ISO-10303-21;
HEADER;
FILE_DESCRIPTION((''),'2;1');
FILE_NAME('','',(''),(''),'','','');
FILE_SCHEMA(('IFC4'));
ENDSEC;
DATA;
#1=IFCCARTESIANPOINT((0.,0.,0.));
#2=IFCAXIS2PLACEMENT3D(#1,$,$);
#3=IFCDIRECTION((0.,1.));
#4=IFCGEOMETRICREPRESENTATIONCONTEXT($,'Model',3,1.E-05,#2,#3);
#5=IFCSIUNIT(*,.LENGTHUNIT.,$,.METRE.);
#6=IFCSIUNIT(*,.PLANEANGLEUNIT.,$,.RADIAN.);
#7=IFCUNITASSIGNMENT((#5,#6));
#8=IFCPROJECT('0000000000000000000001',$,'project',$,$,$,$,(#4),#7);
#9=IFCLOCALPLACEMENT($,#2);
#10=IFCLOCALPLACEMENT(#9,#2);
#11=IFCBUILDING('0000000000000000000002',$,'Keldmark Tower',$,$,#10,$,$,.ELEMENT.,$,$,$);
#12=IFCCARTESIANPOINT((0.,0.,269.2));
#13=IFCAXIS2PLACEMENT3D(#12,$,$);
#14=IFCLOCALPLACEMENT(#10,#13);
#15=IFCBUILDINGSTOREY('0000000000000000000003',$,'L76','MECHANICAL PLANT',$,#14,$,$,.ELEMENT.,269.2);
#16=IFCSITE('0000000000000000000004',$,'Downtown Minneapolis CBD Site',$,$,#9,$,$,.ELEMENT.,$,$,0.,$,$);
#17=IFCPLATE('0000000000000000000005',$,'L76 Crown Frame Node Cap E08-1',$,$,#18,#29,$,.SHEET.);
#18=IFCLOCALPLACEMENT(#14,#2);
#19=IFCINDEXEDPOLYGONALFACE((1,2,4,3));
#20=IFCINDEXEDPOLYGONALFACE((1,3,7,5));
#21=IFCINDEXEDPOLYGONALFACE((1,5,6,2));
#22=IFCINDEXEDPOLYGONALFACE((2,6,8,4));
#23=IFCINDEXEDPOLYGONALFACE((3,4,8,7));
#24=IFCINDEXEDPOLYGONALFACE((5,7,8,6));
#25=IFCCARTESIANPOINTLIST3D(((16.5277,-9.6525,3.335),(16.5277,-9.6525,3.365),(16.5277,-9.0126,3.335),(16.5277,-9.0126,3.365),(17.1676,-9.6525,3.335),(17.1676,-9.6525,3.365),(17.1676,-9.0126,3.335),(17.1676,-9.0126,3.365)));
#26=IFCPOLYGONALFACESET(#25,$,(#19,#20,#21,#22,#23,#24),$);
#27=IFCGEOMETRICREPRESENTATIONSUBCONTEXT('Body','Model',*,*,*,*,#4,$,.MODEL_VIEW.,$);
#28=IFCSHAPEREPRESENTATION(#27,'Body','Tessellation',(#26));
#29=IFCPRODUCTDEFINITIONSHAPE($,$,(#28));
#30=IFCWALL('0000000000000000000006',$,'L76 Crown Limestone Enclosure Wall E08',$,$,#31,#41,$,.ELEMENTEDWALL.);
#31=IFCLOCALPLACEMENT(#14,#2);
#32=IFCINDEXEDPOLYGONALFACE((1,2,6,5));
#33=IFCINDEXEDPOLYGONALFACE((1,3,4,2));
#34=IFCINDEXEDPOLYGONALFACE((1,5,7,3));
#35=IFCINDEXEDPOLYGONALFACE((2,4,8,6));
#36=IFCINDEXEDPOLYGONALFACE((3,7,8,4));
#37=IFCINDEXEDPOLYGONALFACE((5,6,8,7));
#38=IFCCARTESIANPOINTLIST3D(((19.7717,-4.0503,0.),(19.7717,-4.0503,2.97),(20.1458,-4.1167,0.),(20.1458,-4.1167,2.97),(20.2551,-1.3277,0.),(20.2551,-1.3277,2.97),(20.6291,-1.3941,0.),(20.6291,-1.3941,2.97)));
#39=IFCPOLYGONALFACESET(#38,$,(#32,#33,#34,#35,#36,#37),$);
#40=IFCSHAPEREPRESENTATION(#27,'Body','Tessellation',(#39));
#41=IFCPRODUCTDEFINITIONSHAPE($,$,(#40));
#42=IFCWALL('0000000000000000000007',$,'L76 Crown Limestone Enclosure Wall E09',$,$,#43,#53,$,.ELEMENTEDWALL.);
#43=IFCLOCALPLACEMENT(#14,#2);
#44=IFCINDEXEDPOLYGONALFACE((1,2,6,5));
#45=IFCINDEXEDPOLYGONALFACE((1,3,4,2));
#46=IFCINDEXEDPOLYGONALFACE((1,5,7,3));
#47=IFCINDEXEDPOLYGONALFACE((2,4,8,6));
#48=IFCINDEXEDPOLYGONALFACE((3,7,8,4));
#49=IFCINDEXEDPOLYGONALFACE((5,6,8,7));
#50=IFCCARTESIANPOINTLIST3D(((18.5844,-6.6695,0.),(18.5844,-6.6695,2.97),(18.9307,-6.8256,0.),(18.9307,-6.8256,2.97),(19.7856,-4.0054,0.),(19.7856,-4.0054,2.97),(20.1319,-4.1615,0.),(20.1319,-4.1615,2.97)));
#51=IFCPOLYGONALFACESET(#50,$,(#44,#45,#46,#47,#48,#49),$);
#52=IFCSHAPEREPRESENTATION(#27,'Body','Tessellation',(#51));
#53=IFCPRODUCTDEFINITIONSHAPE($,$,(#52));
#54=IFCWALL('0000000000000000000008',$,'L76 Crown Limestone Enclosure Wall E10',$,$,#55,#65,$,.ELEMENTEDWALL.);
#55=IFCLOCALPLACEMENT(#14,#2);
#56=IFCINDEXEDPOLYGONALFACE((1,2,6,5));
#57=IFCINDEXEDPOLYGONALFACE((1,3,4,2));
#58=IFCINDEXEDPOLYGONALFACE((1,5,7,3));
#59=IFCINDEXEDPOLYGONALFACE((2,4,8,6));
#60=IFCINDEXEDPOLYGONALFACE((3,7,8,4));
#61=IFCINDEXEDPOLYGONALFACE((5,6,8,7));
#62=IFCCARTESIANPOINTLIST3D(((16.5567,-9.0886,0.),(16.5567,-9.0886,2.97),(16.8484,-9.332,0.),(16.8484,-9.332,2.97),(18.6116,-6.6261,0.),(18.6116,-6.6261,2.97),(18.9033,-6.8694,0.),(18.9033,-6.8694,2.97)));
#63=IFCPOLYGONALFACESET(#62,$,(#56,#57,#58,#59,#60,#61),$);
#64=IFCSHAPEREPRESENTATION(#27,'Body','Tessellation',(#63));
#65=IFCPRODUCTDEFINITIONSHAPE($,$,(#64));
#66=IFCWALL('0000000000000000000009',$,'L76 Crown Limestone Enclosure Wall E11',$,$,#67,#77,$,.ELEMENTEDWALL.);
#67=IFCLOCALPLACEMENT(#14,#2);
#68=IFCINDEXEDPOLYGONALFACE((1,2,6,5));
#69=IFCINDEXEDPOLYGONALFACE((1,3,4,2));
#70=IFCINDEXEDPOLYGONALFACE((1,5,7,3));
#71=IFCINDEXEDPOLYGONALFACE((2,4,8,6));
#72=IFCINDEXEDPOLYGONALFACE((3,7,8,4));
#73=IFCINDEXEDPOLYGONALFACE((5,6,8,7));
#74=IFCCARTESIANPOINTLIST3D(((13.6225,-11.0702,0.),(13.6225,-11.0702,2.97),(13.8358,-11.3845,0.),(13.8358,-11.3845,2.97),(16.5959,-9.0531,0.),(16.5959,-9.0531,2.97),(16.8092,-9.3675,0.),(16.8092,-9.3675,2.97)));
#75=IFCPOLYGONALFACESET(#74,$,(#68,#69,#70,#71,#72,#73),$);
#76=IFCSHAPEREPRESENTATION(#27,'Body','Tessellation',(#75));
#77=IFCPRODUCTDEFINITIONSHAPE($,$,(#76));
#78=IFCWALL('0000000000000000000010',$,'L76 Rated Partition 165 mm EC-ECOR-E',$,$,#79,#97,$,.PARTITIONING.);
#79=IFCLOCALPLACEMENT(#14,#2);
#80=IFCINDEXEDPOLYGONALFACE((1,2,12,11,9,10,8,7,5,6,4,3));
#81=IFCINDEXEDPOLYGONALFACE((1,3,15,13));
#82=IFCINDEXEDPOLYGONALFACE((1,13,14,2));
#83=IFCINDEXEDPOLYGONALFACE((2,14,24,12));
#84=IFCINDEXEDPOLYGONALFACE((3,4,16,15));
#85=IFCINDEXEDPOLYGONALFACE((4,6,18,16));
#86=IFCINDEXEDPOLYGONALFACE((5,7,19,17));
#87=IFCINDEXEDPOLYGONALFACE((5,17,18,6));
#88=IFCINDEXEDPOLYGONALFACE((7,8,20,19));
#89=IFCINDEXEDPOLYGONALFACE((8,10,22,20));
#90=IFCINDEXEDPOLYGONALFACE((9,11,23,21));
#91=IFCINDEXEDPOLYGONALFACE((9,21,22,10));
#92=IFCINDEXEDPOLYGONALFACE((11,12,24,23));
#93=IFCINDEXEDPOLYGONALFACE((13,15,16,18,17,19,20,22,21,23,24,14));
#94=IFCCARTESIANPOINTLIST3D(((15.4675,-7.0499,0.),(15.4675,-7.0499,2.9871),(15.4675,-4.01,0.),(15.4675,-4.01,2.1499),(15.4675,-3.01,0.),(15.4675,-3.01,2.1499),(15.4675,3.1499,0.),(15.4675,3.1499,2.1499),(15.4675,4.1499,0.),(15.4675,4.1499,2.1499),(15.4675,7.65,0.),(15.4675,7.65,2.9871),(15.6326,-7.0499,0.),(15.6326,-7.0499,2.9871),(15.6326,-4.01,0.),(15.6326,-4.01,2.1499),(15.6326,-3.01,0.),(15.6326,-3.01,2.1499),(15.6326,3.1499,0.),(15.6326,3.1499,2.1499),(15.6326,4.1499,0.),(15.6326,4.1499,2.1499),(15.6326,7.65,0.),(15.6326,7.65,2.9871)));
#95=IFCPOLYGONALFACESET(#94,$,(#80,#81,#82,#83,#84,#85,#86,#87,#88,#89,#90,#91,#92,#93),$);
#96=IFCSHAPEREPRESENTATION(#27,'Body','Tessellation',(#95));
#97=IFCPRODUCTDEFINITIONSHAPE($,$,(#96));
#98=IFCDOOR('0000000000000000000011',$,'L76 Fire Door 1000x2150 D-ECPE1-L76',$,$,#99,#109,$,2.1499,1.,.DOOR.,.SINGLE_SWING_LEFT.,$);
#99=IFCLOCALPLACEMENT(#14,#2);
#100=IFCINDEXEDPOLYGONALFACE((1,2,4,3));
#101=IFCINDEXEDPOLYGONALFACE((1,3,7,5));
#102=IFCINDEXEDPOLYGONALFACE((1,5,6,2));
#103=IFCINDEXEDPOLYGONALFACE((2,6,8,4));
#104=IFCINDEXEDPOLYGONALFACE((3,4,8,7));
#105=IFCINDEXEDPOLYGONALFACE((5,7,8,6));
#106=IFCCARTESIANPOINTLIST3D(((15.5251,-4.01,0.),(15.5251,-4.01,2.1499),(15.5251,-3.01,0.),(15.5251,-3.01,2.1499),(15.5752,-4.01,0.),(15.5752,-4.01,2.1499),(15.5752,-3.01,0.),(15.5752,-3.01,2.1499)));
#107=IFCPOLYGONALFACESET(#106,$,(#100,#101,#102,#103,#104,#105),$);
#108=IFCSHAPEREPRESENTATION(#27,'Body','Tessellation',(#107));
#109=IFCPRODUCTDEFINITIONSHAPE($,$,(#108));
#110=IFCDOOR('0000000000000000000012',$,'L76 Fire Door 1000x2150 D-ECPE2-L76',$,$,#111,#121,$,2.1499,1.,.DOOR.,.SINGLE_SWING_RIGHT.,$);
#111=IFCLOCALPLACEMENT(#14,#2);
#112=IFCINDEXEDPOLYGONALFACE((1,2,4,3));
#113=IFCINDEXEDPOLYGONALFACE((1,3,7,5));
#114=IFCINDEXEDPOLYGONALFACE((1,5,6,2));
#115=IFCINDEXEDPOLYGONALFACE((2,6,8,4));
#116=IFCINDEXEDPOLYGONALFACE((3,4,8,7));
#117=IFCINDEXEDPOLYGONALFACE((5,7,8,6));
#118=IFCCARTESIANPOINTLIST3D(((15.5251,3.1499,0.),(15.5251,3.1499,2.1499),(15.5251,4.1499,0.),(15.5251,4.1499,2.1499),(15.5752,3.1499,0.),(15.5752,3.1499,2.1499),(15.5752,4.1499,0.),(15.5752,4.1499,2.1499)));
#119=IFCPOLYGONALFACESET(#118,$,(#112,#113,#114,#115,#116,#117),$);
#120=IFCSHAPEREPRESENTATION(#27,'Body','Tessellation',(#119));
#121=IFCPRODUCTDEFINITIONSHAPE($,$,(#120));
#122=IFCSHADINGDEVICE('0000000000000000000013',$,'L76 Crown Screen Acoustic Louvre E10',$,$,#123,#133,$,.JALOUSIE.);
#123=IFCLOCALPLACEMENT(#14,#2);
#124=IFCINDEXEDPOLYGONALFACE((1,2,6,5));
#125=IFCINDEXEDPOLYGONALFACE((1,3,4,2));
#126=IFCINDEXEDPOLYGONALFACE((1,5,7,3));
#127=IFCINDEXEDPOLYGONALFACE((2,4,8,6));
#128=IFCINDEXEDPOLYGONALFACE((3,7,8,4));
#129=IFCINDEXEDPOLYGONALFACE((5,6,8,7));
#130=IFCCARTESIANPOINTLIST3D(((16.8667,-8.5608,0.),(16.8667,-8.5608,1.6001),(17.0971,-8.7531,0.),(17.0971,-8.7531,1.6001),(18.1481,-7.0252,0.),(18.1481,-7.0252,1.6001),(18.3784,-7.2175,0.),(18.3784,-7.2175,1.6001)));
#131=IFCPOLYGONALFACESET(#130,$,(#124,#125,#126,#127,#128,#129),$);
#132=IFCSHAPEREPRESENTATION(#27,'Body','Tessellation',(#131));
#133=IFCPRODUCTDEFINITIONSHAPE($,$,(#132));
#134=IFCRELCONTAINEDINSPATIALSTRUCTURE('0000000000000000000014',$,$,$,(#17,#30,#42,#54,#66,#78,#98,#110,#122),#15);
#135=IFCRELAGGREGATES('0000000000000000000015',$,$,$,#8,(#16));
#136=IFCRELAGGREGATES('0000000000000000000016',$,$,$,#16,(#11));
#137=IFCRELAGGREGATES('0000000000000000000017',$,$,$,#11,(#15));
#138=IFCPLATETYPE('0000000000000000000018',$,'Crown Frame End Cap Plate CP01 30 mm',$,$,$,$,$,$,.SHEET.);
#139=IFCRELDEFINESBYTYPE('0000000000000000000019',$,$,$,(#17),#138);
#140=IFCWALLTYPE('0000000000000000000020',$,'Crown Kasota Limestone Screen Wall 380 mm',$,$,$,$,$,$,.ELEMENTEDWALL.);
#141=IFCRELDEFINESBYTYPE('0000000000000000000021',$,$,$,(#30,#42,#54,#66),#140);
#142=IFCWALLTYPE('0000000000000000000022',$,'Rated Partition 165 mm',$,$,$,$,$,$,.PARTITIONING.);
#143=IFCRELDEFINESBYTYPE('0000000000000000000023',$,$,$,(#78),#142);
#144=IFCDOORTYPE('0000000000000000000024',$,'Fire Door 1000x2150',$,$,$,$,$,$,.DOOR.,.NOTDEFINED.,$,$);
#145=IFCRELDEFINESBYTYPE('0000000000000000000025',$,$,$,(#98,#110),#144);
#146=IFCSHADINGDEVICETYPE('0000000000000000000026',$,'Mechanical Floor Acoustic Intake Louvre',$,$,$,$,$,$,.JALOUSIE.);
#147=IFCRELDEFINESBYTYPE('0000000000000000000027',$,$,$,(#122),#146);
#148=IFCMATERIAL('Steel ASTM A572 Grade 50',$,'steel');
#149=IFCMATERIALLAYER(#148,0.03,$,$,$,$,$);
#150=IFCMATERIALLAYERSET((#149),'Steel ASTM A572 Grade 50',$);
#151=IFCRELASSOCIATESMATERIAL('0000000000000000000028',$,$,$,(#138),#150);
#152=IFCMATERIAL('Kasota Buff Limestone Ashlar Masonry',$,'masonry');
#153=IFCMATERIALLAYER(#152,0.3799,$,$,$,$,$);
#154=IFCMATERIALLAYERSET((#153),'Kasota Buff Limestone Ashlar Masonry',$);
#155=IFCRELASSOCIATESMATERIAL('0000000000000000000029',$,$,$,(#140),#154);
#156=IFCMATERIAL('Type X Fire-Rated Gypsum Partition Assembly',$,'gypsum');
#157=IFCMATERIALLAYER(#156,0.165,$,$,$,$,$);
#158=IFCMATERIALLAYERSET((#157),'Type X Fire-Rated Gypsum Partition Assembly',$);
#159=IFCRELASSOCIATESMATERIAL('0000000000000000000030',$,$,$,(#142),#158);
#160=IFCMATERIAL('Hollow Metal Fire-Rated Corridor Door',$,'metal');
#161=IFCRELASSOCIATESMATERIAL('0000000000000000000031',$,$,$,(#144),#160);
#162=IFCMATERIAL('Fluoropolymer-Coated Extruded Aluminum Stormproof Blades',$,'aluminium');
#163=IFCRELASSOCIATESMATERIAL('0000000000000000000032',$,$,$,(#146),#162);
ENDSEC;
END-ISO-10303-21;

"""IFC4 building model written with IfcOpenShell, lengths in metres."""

from ifc_helpers import new_model, si_unit, direction, frame, frame_2d, origin, origin_2d, place, context, subcontext, project, spatial, rectangle, extrude, material, layer, layer_set, type_object, element, fill, save


model = new_model("IFC4")

# Units and contexts
model_context = context("Model", 3, precision=1e-05, world=origin(), true_north=direction((0.0, 1.0)))
body_context = subcontext(model_context, "Body", "Model", "MODEL_VIEW")
ifc_project = project(units=[si_unit("LENGTHUNIT", "METRE"), si_unit("PLANEANGLEUNIT", "RADIAN")], contexts=[model_context])

# Site, building, storey
site_placement = place(None, origin())
site = spatial("IfcSite", under=ifc_project, at=site_placement, Name="Downtown Minneapolis CBD Site", CompositionType="ELEMENT", RefElevation=0.0)
building_placement = place(site_placement, origin())
building = spatial("IfcBuilding", under=site, at=building_placement, Name="Keldmark Tower", CompositionType="ELEMENT")
storey_placement = place(building_placement, frame((0.0, 0.0, 269.2)))
storey = spatial("IfcBuildingStorey", under=building, at=storey_placement, Name="L76", Description="MECHANICAL PLANT", CompositionType="ELEMENT", Elevation=269.2)

# Plate
ifc_material_1 = material(Name="Steel ASTM A572 Grade 50", Category="steel")
ifc_layer_1 = layer(ifc_material_1, 0.03)
ifc_layer_set_1 = layer_set([ifc_layer_1], Name="Steel ASTM A572 Grade 50")
plate_type = type_object("IfcPlateType", Name="Crown Frame End Cap Plate CP01 30 mm", PredefinedType="SHEET", material=ifc_layer_set_1)
for number, where, z_axis, x_axis, name in (
    (1, (16.8477, -9.3325, 3.335), (0.0, 0.0, 1.0), (1.0, 0.0, 0.0), "L76 Crown Frame Node Cap E08-1"),
):
    element("IfcPlate", number, at=place(storey_placement, frame(where, z_axis=z_axis, x_axis=x_axis)), inside=storey, type_object=plate_type, Name=name, PredefinedType="SHEET", context=body_context, shape_type="SweptSolid", body=[
        extrude(rectangle(XDim=0.6399, YDim=0.6399, at=origin_2d()), origin(), (0.0, 0.0, 1.0), 0.03),
    ])

# Walls
ifc_material_2 = material(Name="Kasota Buff Limestone Ashlar Masonry", Category="masonry")
ifc_layer_2 = layer(ifc_material_2, 0.3799)
ifc_layer_set_2 = layer_set([ifc_layer_2], Name="Kasota Buff Limestone Ashlar Masonry")
wall_type_1 = type_object("IfcWallType", Name="Crown Kasota Limestone Screen Wall 380 mm", PredefinedType="ELEMENTEDWALL", material=ifc_layer_set_2)
wall_1_placement = place(storey_placement, frame((19.9587, -4.0835, 0.0), z_axis=(0.0, 0.0, 1.0), x_axis=(0.174813, 0.984602, 0.0)))
element("IfcWall", 2, at=wall_1_placement, inside=storey, type_object=wall_type_1, Name="L76 Crown Limestone Enclosure Wall E08", PredefinedType="ELEMENTEDWALL", context=body_context, shape_type="SweptSolid", body=[
    extrude(rectangle(XDim=2.7651, YDim=0.3799, at=frame_2d((1.3826, 0.0))), origin(), (0.0, 0.0, 1.0), 2.97),
])
wall_2_placement = place(storey_placement, frame((18.7576, -6.7476, 0.0), z_axis=(0.0, 0.0, 1.0), x_axis=(0.411032, 0.911621, 0.0)))
element("IfcWall", 3, at=wall_2_placement, inside=storey, type_object=wall_type_1, Name="L76 Crown Limestone Enclosure Wall E09", PredefinedType="ELEMENTEDWALL", context=body_context, shape_type="SweptSolid", body=[
    extrude(rectangle(XDim=2.9224, YDim=0.3799, at=frame_2d((1.4612, 0.0))), origin(), (0.0, 0.0, 1.0), 2.97),
])
wall_3_placement = place(storey_placement, frame((16.7026, -9.2102, 0.0), z_axis=(0.0, 0.0, 1.0), x_axis=(0.640686, 0.767803, 0.0)))
element("IfcWall", 4, at=wall_3_placement, inside=storey, type_object=wall_type_1, Name="L76 Crown Limestone Enclosure Wall E10", PredefinedType="ELEMENTEDWALL", context=body_context, shape_type="SweptSolid", body=[
    extrude(rectangle(XDim=3.2073, YDim=0.3799, at=frame_2d((1.6035, 0.0))), origin(), (0.0, 0.0, 1.0), 2.97),
])
wall_4_placement = place(storey_placement, frame((13.7292, -11.2273, 0.0), z_axis=(0.0, 0.0, 1.0), x_axis=(0.827549, 0.561393, 0.0)))
element("IfcWall", 5, at=wall_4_placement, inside=storey, type_object=wall_type_1, Name="L76 Crown Limestone Enclosure Wall E11", PredefinedType="ELEMENTEDWALL", context=body_context, shape_type="SweptSolid", body=[
    extrude(rectangle(XDim=3.593, YDim=0.3799, at=frame_2d((1.7964, 0.0))), origin(), (0.0, 0.0, 1.0), 2.97),
])

# Wall, openings, doors
ifc_material_3 = material(Name="Type X Fire-Rated Gypsum Partition Assembly", Category="gypsum")
ifc_layer_3 = layer(ifc_material_3, 0.165)
ifc_layer_set_3 = layer_set([ifc_layer_3], Name="Type X Fire-Rated Gypsum Partition Assembly")
wall_type_2 = type_object("IfcWallType", Name="Rated Partition 165 mm", PredefinedType="PARTITIONING", material=ifc_layer_set_3)
wall_5_placement = place(storey_placement, frame((15.55, -7.05, 0.0), z_axis=(0.0, 0.0, 1.0), x_axis=(0.0, 1.0, 0.0)))
wall_5 = element("IfcWall", 6, at=wall_5_placement, inside=storey, type_object=wall_type_2, Name="L76 Rated Partition 165 mm EC-ECOR-E", PredefinedType="PARTITIONING", context=body_context, shape_type="SweptSolid", body=[
    extrude(rectangle(XDim=14.7, YDim=0.165, at=frame_2d((7.3501, 0.0))), origin(), (0.0, 0.0, 1.0), 2.9871),
])
opening_1_placement = place(wall_5_placement, frame((3.04, 0.0, 0.0)))
opening_1 = element("IfcOpeningElement", 7, at=opening_1_placement, cuts=wall_5, PredefinedType="OPENING", context=body_context, shape_type="SweptSolid", body=[
    extrude(rectangle(XDim=1.0, YDim=2.1499, at=frame_2d((0.5, 1.075))), frame((0.0, 0.0925, 0.0), z_axis=(0.0, -1.0, 0.0), x_axis=(1.0, 0.0, 0.0)), (0.0, 0.0, 1.0), 0.1851),
])
opening_2_placement = place(wall_5_placement, frame((10.2, 0.0, 0.0)))
opening_2 = element("IfcOpeningElement", 8, at=opening_2_placement, cuts=wall_5, PredefinedType="OPENING", context=body_context, shape_type="SweptSolid", body=[
    extrude(rectangle(XDim=1.0, YDim=2.1499, at=frame_2d((0.5, 1.075))), frame((0.0, 0.0925, 0.0), z_axis=(0.0, -1.0, 0.0), x_axis=(1.0, 0.0, 0.0)), (0.0, 0.0, 1.0), 0.1851),
])
ifc_material_4 = material(Name="Hollow Metal Fire-Rated Corridor Door", Category="metal")
door_type_1 = type_object("IfcDoorType", Name="Fire Door 1000x2150", OperationType="NOTDEFINED", PredefinedType="DOOR", material=ifc_material_4)
door_1_placement = place(opening_1_placement, origin())
door_1 = element("IfcDoor", 9, at=door_1_placement, inside=storey, type_object=door_type_1, Name="L76 Fire Door 1000x2150 D-ECPE1-L76", OperationType="SINGLE_SWING_LEFT", OverallHeight=2.1499, OverallWidth=1.0, PredefinedType="DOOR", context=body_context, shape_type="SweptSolid", body=[
    extrude(rectangle(XDim=1.0, YDim=2.1499, at=frame_2d((0.5, 1.075))), frame((0.0, 0.0249, 0.0), z_axis=(0.0, -1.0, 0.0), x_axis=(1.0, 0.0, 0.0)), (0.0, 0.0, 1.0), 0.05),
])
fill(opening_1, door_1)
door_2_placement = place(opening_2_placement, origin())
door_2 = element("IfcDoor", 10, at=door_2_placement, inside=storey, type_object=door_type_1, Name="L76 Fire Door 1000x2150 D-ECPE2-L76", OperationType="SINGLE_SWING_RIGHT", OverallHeight=2.1499, OverallWidth=1.0, PredefinedType="DOOR", context=body_context, shape_type="SweptSolid", body=[
    extrude(rectangle(XDim=1.0, YDim=2.1499, at=frame_2d((0.5, 1.075))), frame((0.0, 0.0249, 0.0), z_axis=(0.0, -1.0, 0.0), x_axis=(1.0, 0.0, 0.0)), (0.0, 0.0, 1.0), 0.05),
])
fill(opening_2, door_2)

# Shading device
ifc_material_5 = material(Name="Fluoropolymer-Coated Extruded Aluminum Stormproof Blades", Category="aluminium")
shading_device_type = type_object("IfcShadingDeviceType", Name="Mechanical Floor Acoustic Intake Louvre", PredefinedType="JALOUSIE", material=ifc_material_5)
shading_device_placement = place(storey_placement, frame((17.6226, -7.8892, 0.0), z_axis=(0.0, 0.0, 1.0), x_axis=(0.640686, 0.767803, 0.0)))
element("IfcShadingDevice", 11, at=shading_device_placement, inside=storey, type_object=shading_device_type, Name="L76 Crown Screen Acoustic Louvre E10", PredefinedType="JALOUSIE", context=body_context, shape_type="SweptSolid", body=[
    extrude(rectangle(XDim=2.0, YDim=0.3, at=origin_2d()), origin(), (0.0, 0.0, 1.0), 1.6001),
])

save(model, "model.ifc")
